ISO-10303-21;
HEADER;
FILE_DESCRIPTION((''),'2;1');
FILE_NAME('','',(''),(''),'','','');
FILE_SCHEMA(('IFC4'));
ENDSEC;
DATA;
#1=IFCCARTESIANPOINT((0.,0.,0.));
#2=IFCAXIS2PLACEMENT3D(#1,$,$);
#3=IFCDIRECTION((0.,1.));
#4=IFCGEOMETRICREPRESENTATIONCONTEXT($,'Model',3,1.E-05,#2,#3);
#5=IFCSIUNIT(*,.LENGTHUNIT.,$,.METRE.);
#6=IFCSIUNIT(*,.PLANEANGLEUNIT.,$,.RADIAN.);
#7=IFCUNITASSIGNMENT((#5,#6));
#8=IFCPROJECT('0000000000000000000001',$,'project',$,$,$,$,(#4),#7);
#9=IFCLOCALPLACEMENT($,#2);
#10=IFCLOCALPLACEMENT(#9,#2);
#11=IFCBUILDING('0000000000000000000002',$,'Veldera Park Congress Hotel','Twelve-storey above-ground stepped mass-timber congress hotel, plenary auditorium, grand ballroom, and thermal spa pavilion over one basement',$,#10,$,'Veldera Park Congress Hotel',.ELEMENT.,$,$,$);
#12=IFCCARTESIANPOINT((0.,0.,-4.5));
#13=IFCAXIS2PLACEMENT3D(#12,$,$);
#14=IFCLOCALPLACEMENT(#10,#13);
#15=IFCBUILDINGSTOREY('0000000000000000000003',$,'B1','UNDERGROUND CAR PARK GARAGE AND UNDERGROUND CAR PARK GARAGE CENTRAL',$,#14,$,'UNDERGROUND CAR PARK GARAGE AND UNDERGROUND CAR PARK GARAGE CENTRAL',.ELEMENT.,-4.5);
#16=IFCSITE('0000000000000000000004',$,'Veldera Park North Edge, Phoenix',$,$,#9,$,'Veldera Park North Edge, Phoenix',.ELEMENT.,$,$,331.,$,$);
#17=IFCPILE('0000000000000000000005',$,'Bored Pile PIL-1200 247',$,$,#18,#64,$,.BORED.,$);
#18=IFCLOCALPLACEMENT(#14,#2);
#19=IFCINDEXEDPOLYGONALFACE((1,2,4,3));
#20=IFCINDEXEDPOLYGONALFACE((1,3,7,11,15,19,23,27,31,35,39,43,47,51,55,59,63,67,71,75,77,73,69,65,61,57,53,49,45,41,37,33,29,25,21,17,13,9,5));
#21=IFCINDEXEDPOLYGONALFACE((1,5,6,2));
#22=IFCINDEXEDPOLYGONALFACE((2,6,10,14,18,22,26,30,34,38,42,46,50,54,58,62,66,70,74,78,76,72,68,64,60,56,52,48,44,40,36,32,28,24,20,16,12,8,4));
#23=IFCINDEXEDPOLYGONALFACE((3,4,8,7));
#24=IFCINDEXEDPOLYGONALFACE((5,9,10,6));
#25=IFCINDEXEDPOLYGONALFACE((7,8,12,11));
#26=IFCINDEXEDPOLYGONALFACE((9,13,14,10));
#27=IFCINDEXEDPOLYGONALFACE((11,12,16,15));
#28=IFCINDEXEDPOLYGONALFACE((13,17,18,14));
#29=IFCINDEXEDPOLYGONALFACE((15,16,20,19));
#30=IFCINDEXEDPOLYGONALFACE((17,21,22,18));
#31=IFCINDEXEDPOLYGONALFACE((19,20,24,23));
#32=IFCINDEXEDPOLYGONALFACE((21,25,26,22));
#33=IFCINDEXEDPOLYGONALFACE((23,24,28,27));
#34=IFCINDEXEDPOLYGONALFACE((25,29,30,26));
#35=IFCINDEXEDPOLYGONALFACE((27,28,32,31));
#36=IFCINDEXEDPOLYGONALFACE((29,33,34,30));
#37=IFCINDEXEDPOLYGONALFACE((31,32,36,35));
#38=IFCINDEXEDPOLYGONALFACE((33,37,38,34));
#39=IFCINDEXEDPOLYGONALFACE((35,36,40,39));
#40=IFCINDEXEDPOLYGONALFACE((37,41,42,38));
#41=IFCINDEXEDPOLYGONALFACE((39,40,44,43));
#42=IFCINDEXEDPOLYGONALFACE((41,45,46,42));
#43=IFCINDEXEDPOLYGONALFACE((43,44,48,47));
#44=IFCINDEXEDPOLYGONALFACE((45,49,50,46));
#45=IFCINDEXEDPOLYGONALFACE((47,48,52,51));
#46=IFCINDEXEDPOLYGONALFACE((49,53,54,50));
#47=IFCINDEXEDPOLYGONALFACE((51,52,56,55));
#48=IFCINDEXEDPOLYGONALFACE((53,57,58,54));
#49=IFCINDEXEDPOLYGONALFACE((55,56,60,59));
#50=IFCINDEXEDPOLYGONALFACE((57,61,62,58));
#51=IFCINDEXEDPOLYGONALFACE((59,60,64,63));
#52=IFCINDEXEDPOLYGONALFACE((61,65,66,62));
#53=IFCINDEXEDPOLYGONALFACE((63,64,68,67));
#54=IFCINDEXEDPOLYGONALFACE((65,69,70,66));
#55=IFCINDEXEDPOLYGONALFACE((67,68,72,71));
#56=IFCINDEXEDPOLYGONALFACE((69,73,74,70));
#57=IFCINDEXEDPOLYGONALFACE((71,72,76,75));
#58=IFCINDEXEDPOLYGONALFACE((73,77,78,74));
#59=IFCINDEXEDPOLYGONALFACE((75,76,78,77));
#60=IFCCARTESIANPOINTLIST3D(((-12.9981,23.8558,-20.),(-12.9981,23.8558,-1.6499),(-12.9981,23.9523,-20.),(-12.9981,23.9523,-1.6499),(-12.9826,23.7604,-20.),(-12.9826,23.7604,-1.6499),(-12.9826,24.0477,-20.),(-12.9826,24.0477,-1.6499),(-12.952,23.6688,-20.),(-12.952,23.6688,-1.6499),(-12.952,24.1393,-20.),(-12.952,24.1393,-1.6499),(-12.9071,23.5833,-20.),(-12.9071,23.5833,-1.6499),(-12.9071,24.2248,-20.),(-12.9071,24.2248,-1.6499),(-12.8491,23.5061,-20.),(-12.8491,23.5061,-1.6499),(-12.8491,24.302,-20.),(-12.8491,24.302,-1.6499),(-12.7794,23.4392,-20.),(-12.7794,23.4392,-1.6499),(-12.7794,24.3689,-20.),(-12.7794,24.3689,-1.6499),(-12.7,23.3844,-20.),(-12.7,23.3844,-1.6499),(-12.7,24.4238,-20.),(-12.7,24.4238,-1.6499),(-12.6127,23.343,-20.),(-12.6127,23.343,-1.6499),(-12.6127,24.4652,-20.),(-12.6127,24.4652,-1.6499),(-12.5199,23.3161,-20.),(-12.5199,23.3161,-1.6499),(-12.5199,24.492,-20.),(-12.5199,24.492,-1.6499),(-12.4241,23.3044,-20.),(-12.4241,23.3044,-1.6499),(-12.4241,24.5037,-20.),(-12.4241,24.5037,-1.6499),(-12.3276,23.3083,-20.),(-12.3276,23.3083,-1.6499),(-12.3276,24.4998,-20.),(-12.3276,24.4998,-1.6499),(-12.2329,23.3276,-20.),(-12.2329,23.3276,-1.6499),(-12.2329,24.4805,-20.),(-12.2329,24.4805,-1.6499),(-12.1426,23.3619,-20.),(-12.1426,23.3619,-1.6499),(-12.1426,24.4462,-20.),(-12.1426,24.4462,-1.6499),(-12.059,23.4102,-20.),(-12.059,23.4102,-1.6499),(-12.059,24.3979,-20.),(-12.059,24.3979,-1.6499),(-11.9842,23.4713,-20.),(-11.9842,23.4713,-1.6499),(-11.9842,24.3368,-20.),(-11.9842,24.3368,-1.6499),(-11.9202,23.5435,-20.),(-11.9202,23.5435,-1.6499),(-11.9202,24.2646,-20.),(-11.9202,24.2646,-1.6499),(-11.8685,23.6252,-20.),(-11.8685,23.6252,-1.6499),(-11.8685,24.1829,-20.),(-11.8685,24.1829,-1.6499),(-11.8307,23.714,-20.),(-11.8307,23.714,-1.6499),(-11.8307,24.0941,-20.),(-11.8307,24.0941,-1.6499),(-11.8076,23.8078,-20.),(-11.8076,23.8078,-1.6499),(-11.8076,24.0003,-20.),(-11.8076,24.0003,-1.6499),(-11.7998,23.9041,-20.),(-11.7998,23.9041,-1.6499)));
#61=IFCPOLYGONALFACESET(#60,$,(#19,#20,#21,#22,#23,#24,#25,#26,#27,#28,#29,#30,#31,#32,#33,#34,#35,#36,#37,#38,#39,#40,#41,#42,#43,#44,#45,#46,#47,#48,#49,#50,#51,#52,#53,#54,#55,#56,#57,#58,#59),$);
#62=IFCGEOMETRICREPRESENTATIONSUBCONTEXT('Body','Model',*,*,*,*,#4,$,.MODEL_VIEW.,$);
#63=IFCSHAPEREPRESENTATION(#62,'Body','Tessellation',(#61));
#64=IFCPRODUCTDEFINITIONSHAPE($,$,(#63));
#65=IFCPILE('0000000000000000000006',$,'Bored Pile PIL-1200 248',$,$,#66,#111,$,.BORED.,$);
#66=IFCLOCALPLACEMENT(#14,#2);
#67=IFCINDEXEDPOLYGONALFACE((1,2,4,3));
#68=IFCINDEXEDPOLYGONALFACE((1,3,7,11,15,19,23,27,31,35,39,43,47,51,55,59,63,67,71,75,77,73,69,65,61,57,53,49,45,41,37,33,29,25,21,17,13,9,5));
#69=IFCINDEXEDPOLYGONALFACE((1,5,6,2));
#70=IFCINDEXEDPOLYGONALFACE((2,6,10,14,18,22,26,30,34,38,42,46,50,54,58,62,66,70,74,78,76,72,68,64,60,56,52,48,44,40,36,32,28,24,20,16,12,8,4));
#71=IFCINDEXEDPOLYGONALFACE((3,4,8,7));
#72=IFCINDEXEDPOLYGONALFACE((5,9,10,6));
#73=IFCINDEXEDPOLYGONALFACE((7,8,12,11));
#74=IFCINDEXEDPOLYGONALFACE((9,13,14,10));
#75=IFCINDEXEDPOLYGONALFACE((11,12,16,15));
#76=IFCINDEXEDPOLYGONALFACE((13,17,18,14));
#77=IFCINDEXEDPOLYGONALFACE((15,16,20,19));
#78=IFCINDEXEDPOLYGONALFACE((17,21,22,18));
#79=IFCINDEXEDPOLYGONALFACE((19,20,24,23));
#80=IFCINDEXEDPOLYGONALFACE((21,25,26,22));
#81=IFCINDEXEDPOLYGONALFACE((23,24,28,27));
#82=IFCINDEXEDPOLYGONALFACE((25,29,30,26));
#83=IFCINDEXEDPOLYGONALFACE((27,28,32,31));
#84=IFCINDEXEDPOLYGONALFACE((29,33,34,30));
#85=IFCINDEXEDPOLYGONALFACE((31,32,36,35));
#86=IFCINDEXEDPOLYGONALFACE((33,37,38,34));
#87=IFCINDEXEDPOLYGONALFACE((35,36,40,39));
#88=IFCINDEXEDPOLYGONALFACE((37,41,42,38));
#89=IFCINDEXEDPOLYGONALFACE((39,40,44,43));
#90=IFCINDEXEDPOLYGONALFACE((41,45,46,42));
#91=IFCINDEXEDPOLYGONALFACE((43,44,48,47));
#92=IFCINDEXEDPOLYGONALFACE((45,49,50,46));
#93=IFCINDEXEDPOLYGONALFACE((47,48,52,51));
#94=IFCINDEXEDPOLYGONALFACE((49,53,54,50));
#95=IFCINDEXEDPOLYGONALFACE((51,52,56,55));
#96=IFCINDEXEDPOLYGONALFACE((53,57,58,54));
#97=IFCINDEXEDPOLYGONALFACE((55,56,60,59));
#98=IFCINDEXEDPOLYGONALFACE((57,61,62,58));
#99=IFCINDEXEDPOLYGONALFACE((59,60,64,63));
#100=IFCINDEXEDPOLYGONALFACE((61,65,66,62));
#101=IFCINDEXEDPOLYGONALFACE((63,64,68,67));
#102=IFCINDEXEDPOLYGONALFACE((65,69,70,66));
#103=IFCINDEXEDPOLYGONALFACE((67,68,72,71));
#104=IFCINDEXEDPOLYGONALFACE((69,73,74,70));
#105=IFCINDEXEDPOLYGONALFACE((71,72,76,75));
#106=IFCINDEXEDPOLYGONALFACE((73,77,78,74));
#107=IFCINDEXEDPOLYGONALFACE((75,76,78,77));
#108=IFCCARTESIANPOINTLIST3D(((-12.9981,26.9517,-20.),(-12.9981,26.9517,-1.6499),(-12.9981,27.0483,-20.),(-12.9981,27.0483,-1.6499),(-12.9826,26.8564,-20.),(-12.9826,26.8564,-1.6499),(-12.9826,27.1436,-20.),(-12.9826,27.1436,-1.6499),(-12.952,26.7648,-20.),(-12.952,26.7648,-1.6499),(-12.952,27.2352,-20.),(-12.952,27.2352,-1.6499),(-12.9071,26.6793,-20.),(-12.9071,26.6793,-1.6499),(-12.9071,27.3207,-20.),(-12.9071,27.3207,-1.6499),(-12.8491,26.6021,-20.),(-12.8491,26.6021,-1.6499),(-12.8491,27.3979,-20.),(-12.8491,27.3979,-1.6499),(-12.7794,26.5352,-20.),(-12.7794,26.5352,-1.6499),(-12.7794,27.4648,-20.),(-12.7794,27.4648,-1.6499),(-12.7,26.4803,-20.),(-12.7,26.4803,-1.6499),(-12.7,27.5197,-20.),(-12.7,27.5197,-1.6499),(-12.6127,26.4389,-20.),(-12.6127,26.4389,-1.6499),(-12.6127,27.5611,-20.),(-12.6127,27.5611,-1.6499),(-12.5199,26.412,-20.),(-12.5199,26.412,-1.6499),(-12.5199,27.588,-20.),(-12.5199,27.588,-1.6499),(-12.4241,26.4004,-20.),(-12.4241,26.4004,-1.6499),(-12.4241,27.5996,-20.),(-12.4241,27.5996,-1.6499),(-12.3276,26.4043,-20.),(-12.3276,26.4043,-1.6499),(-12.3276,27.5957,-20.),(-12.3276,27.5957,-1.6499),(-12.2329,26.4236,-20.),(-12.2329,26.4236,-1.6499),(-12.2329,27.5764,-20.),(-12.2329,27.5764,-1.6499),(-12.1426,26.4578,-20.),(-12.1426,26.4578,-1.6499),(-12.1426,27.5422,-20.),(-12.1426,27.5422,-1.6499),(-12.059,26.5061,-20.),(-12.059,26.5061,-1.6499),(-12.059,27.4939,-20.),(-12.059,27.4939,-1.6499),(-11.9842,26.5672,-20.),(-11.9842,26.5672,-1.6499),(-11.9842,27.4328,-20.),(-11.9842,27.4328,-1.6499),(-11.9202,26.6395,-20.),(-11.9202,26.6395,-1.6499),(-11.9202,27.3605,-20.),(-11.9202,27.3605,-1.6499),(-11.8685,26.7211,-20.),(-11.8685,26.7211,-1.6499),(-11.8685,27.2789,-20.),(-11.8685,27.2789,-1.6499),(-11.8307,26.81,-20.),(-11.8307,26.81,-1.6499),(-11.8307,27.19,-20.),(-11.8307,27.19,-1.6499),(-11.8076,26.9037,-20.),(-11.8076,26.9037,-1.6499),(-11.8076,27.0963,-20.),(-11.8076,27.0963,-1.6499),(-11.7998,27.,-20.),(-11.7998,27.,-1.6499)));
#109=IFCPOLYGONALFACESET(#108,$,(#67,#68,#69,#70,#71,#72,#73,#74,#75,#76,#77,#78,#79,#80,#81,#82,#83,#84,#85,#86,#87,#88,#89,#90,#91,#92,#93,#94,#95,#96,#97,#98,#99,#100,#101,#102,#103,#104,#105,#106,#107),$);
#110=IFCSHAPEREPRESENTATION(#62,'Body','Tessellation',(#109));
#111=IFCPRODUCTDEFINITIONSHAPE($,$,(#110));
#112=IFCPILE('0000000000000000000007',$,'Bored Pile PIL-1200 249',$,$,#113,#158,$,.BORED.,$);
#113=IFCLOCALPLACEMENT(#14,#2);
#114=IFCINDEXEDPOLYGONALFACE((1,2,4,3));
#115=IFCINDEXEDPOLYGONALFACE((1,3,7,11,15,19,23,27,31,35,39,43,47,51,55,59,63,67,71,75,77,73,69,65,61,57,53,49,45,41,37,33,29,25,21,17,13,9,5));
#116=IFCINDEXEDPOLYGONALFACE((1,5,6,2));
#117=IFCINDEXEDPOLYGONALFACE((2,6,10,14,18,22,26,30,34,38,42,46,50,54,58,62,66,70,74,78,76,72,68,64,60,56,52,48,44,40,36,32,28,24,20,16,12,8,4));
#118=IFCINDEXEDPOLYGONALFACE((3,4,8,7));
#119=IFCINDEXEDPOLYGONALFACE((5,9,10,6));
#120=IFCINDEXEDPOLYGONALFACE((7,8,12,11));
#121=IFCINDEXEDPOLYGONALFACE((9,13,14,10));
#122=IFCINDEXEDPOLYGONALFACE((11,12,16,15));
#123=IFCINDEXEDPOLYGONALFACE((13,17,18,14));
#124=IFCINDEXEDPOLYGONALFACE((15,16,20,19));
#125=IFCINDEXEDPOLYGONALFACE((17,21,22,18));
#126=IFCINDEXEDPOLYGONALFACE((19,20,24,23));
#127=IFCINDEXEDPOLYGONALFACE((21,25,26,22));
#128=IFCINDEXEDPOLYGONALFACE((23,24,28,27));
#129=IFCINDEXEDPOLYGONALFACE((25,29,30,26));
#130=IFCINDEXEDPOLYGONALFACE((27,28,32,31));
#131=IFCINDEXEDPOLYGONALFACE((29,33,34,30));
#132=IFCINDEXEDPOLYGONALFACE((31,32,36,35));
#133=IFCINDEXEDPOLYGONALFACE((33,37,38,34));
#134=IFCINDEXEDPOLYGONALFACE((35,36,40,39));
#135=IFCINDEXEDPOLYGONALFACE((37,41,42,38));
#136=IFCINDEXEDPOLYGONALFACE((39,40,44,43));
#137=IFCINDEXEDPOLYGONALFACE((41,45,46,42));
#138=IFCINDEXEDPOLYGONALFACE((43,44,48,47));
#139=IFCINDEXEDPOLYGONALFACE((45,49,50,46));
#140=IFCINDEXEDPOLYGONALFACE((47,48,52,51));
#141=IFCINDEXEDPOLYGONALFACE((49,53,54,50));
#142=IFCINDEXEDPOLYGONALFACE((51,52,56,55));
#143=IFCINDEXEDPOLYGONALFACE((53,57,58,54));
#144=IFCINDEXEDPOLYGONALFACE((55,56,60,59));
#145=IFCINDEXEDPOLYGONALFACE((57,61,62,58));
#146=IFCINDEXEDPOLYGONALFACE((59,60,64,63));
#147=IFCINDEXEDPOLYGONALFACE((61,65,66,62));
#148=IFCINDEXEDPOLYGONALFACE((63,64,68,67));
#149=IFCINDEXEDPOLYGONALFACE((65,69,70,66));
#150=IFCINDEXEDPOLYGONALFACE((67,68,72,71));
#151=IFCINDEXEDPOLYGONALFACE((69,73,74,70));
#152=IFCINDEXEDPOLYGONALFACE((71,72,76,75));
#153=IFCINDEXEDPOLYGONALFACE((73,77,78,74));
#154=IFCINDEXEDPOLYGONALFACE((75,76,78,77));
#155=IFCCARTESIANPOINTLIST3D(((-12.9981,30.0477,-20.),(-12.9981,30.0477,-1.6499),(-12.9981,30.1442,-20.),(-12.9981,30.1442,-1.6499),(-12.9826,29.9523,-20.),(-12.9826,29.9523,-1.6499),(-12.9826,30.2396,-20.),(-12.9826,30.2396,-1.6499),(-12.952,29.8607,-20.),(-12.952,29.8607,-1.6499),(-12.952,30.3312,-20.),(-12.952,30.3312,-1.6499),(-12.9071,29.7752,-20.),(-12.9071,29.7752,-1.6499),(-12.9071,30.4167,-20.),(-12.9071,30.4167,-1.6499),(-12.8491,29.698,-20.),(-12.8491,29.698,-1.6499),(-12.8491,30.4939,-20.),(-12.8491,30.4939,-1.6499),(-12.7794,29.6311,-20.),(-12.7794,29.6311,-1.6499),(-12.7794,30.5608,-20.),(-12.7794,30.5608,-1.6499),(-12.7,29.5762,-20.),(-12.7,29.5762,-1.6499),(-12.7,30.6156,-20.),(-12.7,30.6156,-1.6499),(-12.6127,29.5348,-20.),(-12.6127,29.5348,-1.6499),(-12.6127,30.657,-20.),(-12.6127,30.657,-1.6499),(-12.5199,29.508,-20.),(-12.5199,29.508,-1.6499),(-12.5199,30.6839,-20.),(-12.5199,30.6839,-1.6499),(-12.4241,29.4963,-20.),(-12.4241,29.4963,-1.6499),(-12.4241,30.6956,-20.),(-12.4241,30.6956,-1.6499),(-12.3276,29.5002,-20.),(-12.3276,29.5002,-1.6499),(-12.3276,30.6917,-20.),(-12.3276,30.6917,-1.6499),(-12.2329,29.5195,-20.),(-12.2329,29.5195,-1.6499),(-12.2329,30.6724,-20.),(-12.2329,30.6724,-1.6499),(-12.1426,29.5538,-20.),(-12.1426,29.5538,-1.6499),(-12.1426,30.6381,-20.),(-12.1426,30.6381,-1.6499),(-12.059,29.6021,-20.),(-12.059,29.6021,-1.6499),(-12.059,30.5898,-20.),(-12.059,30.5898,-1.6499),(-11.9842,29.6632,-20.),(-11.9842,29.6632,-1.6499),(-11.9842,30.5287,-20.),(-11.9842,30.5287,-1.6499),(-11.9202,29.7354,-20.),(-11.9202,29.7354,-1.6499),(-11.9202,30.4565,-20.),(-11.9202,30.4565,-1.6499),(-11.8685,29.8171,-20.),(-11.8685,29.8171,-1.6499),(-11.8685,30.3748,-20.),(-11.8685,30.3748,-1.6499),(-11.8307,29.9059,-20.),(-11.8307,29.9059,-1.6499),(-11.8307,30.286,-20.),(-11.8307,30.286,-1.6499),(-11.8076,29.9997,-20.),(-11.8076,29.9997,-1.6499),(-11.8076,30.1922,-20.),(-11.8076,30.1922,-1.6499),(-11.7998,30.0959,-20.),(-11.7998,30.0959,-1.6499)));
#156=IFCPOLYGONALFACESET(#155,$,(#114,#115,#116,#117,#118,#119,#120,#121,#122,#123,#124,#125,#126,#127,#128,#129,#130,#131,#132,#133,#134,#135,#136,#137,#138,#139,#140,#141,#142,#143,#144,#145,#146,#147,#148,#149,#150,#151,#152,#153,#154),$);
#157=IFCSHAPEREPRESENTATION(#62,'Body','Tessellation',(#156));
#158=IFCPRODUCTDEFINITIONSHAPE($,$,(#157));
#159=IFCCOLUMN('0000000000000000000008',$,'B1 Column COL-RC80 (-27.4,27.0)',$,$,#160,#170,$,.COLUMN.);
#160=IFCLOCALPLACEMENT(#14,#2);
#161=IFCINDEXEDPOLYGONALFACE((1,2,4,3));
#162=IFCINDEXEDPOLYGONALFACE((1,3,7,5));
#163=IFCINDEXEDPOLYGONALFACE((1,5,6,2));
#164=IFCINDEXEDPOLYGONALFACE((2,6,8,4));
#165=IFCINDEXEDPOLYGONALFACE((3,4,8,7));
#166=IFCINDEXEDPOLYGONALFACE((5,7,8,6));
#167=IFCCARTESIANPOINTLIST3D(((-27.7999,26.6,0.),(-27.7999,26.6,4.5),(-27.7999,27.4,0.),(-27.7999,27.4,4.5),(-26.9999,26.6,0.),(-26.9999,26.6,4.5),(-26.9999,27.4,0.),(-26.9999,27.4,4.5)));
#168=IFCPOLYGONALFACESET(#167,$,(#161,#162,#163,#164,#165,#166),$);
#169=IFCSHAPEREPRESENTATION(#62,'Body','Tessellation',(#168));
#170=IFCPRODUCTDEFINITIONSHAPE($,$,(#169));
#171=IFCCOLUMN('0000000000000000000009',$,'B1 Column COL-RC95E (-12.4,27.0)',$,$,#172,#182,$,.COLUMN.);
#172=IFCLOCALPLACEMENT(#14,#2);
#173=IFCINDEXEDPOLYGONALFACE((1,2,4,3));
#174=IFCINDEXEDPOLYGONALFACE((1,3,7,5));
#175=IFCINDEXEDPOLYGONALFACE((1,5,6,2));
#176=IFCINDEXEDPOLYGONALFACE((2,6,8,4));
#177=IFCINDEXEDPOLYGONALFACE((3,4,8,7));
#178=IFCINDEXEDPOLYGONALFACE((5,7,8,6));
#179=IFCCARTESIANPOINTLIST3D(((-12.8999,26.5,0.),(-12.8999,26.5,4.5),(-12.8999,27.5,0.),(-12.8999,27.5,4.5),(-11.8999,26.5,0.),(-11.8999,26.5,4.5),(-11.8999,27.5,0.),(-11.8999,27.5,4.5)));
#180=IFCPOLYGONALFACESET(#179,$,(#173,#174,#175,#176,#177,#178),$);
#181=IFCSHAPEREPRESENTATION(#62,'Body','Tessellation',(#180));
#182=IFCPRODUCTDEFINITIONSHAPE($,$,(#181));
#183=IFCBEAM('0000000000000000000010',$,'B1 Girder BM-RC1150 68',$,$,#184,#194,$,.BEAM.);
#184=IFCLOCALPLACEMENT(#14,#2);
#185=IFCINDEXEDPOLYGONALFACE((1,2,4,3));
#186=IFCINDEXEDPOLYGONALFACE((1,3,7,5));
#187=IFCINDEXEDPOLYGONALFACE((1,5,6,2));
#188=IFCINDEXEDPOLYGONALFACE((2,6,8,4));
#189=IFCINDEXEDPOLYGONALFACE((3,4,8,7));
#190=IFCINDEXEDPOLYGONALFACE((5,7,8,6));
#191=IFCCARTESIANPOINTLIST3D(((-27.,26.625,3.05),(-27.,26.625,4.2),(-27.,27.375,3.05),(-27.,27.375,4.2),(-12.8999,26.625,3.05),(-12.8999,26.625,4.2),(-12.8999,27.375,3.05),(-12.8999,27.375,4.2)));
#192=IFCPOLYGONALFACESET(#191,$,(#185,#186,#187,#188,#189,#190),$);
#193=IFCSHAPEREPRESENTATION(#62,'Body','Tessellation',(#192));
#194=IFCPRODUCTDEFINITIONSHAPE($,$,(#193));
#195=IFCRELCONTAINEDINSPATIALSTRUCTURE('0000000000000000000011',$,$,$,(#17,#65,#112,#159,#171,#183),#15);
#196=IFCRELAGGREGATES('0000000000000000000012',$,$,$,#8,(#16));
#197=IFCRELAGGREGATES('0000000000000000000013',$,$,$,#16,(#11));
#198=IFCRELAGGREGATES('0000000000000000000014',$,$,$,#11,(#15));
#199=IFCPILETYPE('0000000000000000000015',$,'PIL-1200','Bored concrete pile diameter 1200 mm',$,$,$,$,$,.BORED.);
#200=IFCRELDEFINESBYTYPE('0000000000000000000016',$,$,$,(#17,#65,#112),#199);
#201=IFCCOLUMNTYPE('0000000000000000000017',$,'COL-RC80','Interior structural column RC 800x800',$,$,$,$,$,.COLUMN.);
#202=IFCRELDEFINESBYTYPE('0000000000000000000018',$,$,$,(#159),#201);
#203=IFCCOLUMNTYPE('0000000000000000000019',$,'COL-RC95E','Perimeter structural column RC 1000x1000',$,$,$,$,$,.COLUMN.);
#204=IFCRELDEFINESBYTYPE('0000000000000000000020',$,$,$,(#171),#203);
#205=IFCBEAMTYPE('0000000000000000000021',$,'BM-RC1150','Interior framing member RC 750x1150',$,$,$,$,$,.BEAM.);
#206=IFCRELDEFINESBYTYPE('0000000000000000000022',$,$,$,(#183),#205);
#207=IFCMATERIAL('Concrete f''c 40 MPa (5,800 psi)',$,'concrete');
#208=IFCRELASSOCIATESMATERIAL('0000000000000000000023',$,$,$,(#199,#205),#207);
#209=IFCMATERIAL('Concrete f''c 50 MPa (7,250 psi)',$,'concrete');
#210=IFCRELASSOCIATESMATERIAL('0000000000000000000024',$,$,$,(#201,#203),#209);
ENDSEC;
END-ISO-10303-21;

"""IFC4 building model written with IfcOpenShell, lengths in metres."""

from ifc_helpers import new_model, si_unit, direction, frame, origin, origin_2d, place, context, subcontext, project, spatial, rectangle, circle, extrude, material, material_profile, profile_set, type_object, element, save


model = new_model("IFC4")

# Units and contexts
model_context = context("Model", 3, precision=1e-05, world=origin(), true_north=direction((0.0, 1.0)))
body_context = subcontext(model_context, "Body", "Model", "MODEL_VIEW")
ifc_project = project(units=[si_unit("LENGTHUNIT", "METRE"), si_unit("PLANEANGLEUNIT", "RADIAN")], contexts=[model_context])

# Site, building, storey
site_placement = place(None, origin())
site = spatial("IfcSite", under=ifc_project, at=site_placement, Name="Veldera Park North Edge, Phoenix", LongName="Veldera Park North Edge, Phoenix", CompositionType="ELEMENT", RefElevation=331.0)
building_placement = place(site_placement, origin())
building = spatial("IfcBuilding", under=site, at=building_placement, Name="Veldera Park Congress Hotel", Description="Twelve-storey above-ground stepped mass-timber congress hotel, plenary auditorium, grand ballroom, and thermal spa pavilion over one basement", LongName="Veldera Park Congress Hotel", CompositionType="ELEMENT")
storey_placement = place(building_placement, frame((0.0, 0.0, -4.5)))
storey = spatial("IfcBuildingStorey", under=building, at=storey_placement, Name="B1", Description="UNDERGROUND CAR PARK GARAGE AND UNDERGROUND CAR PARK GARAGE CENTRAL", LongName="UNDERGROUND CAR PARK GARAGE AND UNDERGROUND CAR PARK GARAGE CENTRAL", CompositionType="ELEMENT", Elevation=-4.5)

# Shared definitions
ifc_material_1 = material(Name="Concrete f'c 40 MPa (5,800 psi)", Category="concrete")

# Piles
ifc_material_profile_1 = material_profile(ifc_material_1, circle(Radius=0.6001, at=origin_2d()), Name="PILE D1200")
ifc_profile_set_1 = profile_set([ifc_material_profile_1], Name="Concrete f'c 40 MPa (5,800 psi)")
pile_type_1 = type_object("IfcPileType", Name="PIL-1200", Description="Bored concrete pile diameter 1200 mm", PredefinedType="BORED", material=ifc_profile_set_1)
for number, where, z_axis, x_axis, name in (
    (1, (-12.3999, 23.9041, -1.6499), (0.0, 0.0, -1.0), (1.0, 0.0, 0.0), "Bored Pile PIL-1200 247"),
    (2, (-12.3999, 27.0, -1.6499), (0.0, 0.0, -1.0), (1.0, 0.0, 0.0), "Bored Pile PIL-1200 248"),
    (3, (-12.3999, 30.0959, -1.6499), (0.0, 0.0, -1.0), (1.0, 0.0, 0.0), "Bored Pile PIL-1200 249"),
):
    element("IfcPile", number, at=place(storey_placement, frame(where, z_axis=z_axis, x_axis=x_axis)), inside=storey, type_object=pile_type_1, Name=name, PredefinedType="BORED", context=body_context, shape_type="SweptSolid", body=[
        extrude(circle(Radius=0.6001, at=origin_2d()), origin(), (0.0, 0.0, 1.0), 18.3501),
    ])

# Columns
ifc_material_2 = material(Name="Concrete f'c 50 MPa (7,250 psi)", Category="concrete")
ifc_material_profile_2 = material_profile(ifc_material_2, rectangle(XDim=0.8, YDim=0.8, at=origin_2d()), Name="RC 800x800")
ifc_profile_set_2 = profile_set([ifc_material_profile_2], Name="Concrete f'c 50 MPa (7,250 psi)")
column_type_1 = type_object("IfcColumnType", Name="COL-RC80", Description="Interior structural column RC 800x800", PredefinedType="COLUMN", material=ifc_profile_set_2)
column_1_placement = place(storey_placement, frame((-27.3999, 27.0, 0.0), z_axis=(0.0, 0.0, 1.0), x_axis=(1.0, 0.0, 0.0)))
element("IfcColumn", 4, at=column_1_placement, inside=storey, type_object=column_type_1, Name="B1 Column COL-RC80 (-27.4,27.0)", PredefinedType="COLUMN", context=body_context, shape_type="SweptSolid", body=[
    extrude(rectangle(XDim=0.8, YDim=0.8, at=origin_2d()), origin(), (0.0, 0.0, 1.0), 4.5),
])
ifc_material_profile_3 = material_profile(ifc_material_2, rectangle(XDim=1.0, YDim=1.0, at=origin_2d()), Name="RC 1000x1000")
ifc_profile_set_3 = profile_set([ifc_material_profile_3], Name="Concrete f'c 50 MPa (7,250 psi)")
column_type_2 = type_object("IfcColumnType", Name="COL-RC95E", Description="Perimeter structural column RC 1000x1000", PredefinedType="COLUMN", material=ifc_profile_set_3)
column_2_placement = place(storey_placement, frame((-12.3999, 27.0, 0.0), z_axis=(0.0, 0.0, 1.0), x_axis=(1.0, 0.0, 0.0)))
element("IfcColumn", 5, at=column_2_placement, inside=storey, type_object=column_type_2, Name="B1 Column COL-RC95E (-12.4,27.0)", PredefinedType="COLUMN", context=body_context, shape_type="SweptSolid", body=[
    extrude(rectangle(XDim=1.0, YDim=1.0, at=origin_2d()), origin(), (0.0, 0.0, 1.0), 4.5),
])

# Beam
ifc_material_profile_4 = material_profile(ifc_material_1, rectangle(XDim=0.75, YDim=1.1499, at=origin_2d()), Name="RC 750x1150")
ifc_profile_set_4 = profile_set([ifc_material_profile_4], Name="Concrete f'c 40 MPa (5,800 psi)")
beam_type_1 = type_object("IfcBeamType", Name="BM-RC1150", Description="Interior framing member RC 750x1150", PredefinedType="BEAM", material=ifc_profile_set_4)
beam_1_placement = place(storey_placement, frame((-27.0, 27.0, 3.625), z_axis=(1.0, 0.0, 0.0), x_axis=(0.0, 1.0, 0.0)))
element("IfcBeam", 6, at=beam_1_placement, inside=storey, type_object=beam_type_1, Name="B1 Girder BM-RC1150 68", PredefinedType="BEAM", context=body_context, shape_type="SweptSolid", body=[
    extrude(rectangle(XDim=0.75, YDim=1.1499, at=origin_2d()), origin(), (0.0, 0.0, 1.0), 14.1001),
])

save(model, "model.ifc")
